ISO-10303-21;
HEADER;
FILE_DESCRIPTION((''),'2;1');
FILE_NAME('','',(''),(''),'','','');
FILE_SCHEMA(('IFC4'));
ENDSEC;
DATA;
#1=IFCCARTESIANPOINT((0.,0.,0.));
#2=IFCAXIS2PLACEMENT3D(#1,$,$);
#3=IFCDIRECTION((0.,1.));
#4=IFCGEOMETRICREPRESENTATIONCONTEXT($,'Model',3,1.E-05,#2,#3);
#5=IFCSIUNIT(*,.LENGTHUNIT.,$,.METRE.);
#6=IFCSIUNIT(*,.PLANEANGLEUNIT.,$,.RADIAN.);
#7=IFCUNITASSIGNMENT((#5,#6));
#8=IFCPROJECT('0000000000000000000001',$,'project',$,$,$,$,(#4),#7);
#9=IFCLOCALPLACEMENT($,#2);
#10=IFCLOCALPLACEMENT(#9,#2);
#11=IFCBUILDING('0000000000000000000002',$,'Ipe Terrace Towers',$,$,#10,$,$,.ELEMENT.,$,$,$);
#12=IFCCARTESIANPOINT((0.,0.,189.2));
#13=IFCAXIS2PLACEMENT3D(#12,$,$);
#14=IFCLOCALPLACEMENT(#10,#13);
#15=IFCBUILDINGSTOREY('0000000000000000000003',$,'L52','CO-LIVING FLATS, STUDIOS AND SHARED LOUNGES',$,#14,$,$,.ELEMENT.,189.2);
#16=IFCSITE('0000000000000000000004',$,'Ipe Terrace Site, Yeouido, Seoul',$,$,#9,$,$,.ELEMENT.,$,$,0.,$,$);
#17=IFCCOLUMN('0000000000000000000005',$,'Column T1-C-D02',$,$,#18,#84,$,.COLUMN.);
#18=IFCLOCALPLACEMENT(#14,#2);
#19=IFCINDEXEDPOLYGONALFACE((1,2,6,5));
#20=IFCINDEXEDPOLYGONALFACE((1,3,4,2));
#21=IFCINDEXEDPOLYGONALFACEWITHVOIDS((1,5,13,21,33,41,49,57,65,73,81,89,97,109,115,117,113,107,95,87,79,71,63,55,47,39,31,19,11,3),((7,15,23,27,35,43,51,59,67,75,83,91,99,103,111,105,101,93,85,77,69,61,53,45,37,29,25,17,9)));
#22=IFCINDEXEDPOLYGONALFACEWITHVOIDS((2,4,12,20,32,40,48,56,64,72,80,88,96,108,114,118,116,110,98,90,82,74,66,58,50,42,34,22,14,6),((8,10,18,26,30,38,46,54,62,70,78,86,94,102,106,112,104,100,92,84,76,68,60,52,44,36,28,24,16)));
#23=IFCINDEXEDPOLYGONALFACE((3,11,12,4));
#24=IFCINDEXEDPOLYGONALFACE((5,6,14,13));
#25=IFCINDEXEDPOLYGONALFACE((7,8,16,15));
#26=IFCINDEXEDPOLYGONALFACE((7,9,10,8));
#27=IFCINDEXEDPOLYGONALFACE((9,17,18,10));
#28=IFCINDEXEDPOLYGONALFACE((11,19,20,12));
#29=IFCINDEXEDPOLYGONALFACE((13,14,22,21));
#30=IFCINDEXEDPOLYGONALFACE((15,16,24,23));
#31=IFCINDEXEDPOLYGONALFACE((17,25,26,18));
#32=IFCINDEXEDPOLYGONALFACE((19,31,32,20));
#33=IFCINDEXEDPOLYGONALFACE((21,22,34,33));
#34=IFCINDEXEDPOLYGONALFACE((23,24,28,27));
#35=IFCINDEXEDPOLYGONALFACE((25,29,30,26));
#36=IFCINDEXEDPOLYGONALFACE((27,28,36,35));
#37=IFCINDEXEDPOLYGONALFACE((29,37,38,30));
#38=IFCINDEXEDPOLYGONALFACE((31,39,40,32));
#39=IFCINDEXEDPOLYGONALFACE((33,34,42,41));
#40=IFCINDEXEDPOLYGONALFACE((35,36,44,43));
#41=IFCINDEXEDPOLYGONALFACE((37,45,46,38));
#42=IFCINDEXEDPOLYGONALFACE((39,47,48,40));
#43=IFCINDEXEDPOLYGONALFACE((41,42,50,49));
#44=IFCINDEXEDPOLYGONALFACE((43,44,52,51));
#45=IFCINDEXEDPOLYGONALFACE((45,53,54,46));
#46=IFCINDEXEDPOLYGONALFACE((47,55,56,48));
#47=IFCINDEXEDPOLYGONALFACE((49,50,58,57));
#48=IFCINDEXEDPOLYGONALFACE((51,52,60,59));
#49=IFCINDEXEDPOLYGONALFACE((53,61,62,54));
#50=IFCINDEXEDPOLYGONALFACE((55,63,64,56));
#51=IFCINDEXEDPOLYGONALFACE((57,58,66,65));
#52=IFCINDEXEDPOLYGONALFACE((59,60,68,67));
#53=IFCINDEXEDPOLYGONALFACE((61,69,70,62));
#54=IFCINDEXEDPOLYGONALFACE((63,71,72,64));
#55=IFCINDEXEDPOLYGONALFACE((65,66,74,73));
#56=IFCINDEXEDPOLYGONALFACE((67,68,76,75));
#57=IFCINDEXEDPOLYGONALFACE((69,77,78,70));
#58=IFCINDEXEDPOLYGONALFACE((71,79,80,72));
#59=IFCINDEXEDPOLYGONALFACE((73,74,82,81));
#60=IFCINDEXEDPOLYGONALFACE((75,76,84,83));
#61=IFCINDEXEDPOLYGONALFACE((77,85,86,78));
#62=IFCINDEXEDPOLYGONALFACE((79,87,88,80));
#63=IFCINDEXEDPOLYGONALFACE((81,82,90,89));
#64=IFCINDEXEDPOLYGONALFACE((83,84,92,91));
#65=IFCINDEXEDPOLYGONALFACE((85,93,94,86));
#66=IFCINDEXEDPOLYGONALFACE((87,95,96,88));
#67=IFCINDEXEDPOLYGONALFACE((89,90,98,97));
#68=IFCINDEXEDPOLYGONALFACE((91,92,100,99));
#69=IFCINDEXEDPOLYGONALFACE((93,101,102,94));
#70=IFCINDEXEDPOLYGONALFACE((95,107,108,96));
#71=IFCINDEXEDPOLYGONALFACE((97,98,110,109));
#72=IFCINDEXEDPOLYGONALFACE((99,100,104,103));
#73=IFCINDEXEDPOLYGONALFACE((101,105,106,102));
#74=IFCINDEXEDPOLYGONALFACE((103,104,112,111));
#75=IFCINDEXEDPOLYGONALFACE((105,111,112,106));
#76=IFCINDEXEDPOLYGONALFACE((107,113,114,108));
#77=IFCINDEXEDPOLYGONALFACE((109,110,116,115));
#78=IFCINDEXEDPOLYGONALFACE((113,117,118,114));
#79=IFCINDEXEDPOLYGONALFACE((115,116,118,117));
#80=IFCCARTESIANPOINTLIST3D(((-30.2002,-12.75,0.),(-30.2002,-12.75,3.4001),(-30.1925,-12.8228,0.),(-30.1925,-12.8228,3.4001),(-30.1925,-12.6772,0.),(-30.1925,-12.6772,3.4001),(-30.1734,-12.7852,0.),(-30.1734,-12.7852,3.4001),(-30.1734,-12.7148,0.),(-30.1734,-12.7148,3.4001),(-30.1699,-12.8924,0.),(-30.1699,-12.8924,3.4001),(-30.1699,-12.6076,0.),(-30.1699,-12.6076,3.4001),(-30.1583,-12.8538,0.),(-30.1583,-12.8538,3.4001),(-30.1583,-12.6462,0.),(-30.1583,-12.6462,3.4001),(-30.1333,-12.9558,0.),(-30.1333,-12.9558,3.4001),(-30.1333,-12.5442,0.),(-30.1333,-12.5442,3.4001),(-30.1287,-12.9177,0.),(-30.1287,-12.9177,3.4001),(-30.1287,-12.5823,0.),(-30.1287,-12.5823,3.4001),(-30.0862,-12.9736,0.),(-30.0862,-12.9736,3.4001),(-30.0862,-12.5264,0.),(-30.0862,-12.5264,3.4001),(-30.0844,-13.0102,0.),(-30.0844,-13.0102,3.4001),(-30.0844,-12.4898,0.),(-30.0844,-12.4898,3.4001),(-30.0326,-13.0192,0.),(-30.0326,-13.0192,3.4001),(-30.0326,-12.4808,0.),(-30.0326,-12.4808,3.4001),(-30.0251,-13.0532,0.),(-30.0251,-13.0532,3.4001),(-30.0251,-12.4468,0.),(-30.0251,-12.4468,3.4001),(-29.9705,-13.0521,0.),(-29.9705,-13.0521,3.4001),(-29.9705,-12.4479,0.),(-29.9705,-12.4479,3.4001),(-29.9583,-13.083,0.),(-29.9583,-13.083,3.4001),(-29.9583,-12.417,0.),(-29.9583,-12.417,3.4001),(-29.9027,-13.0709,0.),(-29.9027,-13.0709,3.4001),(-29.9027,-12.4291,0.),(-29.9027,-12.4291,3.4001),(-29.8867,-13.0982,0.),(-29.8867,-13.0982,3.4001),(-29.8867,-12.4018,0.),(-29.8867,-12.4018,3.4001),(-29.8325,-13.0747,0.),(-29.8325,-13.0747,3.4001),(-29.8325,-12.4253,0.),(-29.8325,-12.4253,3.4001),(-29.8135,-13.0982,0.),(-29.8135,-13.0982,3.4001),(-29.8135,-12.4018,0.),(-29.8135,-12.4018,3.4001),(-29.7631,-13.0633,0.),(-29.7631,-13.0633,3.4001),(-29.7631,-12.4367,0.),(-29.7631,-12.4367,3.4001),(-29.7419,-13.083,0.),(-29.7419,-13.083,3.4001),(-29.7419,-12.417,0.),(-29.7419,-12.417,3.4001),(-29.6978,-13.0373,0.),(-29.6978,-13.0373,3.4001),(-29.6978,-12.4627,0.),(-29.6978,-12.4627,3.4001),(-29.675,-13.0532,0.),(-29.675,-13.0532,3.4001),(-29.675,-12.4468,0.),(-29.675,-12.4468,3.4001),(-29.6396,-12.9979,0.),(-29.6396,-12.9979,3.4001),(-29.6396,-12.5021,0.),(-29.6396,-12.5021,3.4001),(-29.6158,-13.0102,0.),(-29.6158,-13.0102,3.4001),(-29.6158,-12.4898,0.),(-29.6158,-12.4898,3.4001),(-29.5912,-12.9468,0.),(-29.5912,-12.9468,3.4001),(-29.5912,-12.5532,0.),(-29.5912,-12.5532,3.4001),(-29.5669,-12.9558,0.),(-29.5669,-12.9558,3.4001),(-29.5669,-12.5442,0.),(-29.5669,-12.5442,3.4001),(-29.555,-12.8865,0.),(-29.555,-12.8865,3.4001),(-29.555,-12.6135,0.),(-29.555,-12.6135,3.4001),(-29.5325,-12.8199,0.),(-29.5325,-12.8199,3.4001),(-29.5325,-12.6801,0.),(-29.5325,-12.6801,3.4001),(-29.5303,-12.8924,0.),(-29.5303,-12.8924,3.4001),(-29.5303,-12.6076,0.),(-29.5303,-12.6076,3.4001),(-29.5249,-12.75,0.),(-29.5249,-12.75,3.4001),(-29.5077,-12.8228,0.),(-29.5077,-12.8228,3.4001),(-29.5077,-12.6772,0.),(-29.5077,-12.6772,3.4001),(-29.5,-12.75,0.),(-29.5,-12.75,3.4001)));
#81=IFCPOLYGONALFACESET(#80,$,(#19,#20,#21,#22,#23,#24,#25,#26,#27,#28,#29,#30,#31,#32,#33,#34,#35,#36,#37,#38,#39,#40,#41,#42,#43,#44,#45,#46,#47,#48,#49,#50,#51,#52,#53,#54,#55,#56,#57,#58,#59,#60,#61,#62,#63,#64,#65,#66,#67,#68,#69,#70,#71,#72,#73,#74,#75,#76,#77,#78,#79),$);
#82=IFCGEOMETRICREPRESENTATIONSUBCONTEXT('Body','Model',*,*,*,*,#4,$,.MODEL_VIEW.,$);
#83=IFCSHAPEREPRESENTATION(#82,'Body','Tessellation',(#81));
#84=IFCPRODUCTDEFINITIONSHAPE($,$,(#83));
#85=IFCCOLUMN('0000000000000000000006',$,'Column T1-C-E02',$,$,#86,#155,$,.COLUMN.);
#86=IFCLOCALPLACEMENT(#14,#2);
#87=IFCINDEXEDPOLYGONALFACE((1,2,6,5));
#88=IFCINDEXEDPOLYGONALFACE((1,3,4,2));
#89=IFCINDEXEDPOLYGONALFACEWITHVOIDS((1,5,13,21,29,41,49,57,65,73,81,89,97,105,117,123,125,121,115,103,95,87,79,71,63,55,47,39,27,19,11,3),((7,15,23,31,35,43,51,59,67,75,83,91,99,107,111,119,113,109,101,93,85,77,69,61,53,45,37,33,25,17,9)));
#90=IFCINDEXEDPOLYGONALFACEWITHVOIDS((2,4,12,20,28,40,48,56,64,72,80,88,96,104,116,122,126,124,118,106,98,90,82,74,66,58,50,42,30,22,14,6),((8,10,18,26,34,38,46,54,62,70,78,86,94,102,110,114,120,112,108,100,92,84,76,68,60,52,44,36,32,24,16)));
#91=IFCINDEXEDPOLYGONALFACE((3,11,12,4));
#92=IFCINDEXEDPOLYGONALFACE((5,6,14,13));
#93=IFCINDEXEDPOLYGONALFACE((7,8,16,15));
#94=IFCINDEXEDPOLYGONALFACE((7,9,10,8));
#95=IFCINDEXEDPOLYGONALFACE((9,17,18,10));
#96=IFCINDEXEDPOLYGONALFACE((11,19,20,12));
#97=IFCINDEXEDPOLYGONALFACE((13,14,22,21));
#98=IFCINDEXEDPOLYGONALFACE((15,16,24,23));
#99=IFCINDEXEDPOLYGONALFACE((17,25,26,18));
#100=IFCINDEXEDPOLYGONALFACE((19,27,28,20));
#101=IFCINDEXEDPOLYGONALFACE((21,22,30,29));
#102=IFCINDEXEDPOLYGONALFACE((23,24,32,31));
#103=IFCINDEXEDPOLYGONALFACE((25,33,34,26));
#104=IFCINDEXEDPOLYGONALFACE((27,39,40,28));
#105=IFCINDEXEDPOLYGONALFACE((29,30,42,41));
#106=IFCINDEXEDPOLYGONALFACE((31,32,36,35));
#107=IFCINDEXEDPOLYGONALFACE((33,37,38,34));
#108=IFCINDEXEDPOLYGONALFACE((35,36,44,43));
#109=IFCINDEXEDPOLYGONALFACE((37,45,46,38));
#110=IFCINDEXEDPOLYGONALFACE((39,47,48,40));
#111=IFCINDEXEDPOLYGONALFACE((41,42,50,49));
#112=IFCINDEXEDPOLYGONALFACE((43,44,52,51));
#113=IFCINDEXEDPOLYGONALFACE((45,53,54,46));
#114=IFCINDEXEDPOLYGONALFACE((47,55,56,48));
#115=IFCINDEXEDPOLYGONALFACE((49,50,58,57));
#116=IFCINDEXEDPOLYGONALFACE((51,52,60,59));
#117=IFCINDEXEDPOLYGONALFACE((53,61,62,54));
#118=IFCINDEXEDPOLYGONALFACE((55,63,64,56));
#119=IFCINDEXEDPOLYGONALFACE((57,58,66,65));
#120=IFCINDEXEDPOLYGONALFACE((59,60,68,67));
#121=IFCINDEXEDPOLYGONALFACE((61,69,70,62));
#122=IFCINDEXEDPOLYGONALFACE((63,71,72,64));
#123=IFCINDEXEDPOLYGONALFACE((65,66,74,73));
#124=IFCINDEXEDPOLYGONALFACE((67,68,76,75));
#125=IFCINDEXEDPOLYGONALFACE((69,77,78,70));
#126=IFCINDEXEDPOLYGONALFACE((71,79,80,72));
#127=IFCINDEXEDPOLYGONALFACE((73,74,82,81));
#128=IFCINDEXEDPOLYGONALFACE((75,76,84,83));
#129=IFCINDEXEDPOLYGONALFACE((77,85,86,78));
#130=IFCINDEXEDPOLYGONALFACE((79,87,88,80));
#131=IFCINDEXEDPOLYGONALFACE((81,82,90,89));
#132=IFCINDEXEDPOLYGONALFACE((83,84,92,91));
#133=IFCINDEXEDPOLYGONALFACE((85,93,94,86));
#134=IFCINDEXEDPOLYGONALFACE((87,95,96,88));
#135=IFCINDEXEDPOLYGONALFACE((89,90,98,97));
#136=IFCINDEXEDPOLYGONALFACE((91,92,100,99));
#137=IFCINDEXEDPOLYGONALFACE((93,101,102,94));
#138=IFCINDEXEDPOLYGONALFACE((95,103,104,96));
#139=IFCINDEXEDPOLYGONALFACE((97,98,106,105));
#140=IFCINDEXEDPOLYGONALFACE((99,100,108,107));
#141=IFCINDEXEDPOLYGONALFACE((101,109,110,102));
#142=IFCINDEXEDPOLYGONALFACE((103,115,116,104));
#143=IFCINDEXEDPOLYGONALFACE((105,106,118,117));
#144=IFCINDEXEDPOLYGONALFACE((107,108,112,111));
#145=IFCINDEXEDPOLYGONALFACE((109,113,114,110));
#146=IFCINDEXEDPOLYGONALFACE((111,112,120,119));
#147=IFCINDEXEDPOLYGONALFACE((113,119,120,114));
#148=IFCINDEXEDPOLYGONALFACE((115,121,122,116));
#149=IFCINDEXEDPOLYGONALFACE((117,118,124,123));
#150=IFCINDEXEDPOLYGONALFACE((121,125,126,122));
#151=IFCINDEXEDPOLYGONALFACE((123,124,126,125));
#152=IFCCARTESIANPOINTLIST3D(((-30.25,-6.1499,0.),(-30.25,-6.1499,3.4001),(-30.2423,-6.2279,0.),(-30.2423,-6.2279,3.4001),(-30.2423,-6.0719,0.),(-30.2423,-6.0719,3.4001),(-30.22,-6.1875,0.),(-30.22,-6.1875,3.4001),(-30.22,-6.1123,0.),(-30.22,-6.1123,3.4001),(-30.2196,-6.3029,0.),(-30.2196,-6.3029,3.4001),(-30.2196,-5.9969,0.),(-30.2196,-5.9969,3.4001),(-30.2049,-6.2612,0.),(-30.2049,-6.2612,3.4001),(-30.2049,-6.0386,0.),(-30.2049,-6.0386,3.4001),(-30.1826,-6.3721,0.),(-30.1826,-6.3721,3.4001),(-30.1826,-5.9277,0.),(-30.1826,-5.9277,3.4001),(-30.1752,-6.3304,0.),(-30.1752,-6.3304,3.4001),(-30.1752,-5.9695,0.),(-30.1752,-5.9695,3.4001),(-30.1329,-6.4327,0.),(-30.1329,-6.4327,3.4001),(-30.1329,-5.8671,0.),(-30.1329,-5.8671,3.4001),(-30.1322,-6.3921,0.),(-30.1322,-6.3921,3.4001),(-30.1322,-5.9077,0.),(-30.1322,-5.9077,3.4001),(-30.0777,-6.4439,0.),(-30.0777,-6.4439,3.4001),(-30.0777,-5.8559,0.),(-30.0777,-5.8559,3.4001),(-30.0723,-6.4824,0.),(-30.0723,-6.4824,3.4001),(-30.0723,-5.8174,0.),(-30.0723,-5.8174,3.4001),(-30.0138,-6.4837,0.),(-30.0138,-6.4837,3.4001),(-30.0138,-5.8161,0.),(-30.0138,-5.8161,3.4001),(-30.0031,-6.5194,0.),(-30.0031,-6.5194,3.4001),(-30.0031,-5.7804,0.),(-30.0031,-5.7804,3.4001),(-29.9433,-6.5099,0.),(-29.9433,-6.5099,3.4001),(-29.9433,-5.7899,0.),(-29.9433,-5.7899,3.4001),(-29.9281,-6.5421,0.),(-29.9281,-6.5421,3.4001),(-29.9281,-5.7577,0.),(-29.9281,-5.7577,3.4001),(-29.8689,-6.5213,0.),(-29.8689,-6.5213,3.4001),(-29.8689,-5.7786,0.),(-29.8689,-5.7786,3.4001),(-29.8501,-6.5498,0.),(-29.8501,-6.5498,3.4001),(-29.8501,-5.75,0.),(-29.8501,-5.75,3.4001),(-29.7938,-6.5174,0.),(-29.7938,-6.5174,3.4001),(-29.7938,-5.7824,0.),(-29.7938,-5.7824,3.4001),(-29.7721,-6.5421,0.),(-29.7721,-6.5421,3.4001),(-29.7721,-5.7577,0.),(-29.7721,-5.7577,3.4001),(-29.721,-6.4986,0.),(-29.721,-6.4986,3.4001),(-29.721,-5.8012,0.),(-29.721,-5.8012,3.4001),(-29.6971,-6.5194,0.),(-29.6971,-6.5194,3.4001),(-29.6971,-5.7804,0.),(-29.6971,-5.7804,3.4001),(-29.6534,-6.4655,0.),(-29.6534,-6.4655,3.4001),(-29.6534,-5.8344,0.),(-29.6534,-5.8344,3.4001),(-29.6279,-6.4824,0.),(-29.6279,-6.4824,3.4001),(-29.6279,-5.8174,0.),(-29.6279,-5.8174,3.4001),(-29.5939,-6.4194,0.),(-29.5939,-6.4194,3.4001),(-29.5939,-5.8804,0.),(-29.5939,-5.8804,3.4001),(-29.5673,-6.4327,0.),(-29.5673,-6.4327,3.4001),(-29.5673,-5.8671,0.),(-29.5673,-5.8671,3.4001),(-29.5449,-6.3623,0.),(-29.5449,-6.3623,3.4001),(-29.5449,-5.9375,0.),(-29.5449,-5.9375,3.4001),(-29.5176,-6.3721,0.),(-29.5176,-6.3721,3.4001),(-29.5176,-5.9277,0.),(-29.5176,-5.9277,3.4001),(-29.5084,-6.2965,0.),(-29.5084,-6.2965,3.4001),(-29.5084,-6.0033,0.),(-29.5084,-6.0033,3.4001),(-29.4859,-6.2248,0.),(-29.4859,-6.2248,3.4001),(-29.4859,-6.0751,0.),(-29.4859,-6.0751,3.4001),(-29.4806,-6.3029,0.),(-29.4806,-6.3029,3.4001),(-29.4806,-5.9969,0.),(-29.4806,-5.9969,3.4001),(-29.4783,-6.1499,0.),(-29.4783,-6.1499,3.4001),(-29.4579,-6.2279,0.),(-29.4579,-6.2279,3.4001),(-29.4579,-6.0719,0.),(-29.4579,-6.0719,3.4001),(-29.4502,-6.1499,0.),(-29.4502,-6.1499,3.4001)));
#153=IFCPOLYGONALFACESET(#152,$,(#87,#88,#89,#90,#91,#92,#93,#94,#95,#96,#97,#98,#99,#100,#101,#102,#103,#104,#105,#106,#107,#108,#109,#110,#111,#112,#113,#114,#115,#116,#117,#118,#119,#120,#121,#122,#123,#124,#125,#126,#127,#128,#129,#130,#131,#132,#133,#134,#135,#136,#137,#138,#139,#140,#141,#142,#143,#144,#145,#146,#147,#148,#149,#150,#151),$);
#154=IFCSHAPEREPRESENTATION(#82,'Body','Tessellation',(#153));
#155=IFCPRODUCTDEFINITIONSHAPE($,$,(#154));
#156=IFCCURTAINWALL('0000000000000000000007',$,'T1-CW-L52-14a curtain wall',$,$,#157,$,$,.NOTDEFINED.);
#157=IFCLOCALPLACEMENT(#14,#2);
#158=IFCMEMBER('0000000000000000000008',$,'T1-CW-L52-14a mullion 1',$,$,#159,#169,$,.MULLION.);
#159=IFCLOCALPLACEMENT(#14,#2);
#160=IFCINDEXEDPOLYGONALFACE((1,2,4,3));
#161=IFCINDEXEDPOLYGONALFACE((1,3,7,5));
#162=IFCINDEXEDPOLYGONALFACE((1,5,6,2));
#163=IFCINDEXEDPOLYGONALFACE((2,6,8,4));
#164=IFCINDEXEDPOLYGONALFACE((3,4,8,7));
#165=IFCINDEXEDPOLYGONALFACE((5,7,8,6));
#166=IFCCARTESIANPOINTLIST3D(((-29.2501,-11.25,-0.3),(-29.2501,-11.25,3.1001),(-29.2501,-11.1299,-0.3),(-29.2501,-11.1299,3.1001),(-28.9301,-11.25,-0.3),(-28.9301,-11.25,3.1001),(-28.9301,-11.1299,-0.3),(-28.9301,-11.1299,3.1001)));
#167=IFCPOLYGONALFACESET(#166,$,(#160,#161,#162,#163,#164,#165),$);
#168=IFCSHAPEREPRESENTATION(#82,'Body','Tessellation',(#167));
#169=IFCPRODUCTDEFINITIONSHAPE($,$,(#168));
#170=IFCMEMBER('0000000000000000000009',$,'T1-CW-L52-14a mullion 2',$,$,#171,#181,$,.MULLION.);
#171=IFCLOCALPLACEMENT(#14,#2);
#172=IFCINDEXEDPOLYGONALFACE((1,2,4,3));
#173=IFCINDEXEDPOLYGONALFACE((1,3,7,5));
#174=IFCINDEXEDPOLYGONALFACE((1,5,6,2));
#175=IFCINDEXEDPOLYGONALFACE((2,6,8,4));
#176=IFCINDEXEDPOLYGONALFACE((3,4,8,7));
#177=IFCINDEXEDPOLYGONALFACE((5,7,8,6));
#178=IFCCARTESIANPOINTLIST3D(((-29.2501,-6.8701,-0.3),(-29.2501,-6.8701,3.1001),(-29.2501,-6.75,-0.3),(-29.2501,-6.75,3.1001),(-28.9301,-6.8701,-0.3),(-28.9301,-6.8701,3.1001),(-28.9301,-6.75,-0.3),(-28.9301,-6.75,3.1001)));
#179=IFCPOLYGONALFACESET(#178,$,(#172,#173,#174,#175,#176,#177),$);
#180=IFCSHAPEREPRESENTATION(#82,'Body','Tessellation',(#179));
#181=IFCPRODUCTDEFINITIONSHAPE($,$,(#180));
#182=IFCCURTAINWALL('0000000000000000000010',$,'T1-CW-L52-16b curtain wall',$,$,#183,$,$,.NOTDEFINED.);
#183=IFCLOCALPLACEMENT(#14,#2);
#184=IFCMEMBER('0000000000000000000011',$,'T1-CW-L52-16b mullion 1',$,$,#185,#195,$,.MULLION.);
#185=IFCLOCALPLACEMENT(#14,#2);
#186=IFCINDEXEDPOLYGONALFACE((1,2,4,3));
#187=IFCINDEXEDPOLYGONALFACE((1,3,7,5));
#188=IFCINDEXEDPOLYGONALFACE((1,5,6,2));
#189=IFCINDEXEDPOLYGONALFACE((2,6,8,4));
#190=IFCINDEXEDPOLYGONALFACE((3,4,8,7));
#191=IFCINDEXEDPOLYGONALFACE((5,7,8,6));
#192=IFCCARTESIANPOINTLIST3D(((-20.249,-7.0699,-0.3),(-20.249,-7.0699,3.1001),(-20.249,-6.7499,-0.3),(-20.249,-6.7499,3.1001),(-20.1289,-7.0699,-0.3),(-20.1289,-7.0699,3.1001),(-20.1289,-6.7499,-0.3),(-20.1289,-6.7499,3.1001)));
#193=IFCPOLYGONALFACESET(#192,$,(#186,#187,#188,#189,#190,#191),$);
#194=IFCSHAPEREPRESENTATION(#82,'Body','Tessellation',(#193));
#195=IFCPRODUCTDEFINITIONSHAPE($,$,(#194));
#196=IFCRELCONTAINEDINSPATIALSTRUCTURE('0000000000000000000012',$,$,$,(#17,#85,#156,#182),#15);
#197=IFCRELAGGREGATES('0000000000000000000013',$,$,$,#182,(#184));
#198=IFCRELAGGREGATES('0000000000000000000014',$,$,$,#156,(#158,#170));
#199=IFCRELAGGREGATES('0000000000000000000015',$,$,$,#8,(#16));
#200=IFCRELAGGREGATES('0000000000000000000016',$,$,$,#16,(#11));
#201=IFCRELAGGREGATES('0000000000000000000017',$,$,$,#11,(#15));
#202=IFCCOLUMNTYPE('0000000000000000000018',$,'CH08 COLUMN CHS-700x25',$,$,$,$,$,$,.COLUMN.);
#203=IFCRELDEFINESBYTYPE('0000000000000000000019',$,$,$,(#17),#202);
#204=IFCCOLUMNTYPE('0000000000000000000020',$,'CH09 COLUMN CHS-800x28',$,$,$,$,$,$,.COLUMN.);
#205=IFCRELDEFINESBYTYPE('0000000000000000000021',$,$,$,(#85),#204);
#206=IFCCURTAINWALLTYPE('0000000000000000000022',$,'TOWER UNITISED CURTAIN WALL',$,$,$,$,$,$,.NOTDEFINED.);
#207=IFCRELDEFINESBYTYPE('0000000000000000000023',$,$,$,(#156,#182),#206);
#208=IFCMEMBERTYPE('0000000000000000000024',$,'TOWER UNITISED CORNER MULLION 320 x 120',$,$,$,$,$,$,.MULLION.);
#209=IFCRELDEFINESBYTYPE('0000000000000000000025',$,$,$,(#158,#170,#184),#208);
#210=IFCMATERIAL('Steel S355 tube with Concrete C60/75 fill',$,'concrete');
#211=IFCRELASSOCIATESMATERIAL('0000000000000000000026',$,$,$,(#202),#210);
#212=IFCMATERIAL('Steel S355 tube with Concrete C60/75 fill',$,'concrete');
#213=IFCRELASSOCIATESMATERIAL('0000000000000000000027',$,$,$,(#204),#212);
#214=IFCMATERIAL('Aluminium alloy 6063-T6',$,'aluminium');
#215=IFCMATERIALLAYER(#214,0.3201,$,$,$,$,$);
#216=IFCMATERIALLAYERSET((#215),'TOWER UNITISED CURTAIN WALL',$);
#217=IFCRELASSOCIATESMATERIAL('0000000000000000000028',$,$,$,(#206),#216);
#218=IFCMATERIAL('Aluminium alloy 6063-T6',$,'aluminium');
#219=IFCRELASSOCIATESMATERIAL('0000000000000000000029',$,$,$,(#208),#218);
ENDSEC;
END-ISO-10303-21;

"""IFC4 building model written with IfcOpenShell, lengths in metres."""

from ifc_helpers import new_model, si_unit, direction, frame, origin, origin_2d, place, context, subcontext, project, spatial, rectangle, hollow_circle, extrude, material, layer, layer_set, material_profile, profile_set, type_object, element, aggregate, save


model = new_model("IFC4")

# Units and contexts
model_context = context("Model", 3, precision=1e-05, world=origin(), true_north=direction((0.0, 1.0)))
body_context = subcontext(model_context, "Body", "Model", "MODEL_VIEW")
ifc_project = project(units=[si_unit("LENGTHUNIT", "METRE"), si_unit("PLANEANGLEUNIT", "RADIAN")], contexts=[model_context])

# Site, building, storey
site_placement = place(None, origin())
site = spatial("IfcSite", under=ifc_project, at=site_placement, Name="Ipe Terrace Site, Yeouido, Seoul", CompositionType="ELEMENT", RefElevation=0.0)
building_placement = place(site_placement, origin())
building = spatial("IfcBuilding", under=site, at=building_placement, Name="Ipe Terrace Towers", CompositionType="ELEMENT")
storey_placement = place(building_placement, frame((0.0, 0.0, 189.2)))
storey = spatial("IfcBuildingStorey", under=building, at=storey_placement, Name="L52", Description="CO-LIVING FLATS, STUDIOS AND SHARED LOUNGES", CompositionType="ELEMENT", Elevation=189.2)

# Columns
ifc_material_1 = material(Name="Steel S355 tube with Concrete C60/75 fill", Category="concrete")
ifc_material_profile_1 = material_profile(ifc_material_1, hollow_circle(Radius=0.3501, WallThickness=0.0249, at=origin_2d()), Name="CHS-700x25")
ifc_profile_set_1 = profile_set([ifc_material_profile_1], Name="Steel S355 tube with Concrete C60/75 fill")
column_type_1 = type_object("IfcColumnType", Name="CH08 COLUMN CHS-700x25", PredefinedType="COLUMN", material=ifc_profile_set_1)
column_1_placement = place(storey_placement, frame((-29.8501, -12.75, 0.0), z_axis=(0.0, 0.0, 1.0), x_axis=(1.0, 0.0, 0.0)))
element("IfcColumn", 1, at=column_1_placement, inside=storey, type_object=column_type_1, Name="Column T1-C-D02", PredefinedType="COLUMN", context=body_context, shape_type="SweptSolid", body=[
    extrude(hollow_circle(Radius=0.3501, WallThickness=0.0249, at=origin_2d()), origin(), (0.0, 0.0, 1.0), 3.4001),
])
ifc_material_2 = material(Name="Steel S355 tube with Concrete C60/75 fill", Category="concrete")
ifc_material_profile_2 = material_profile(ifc_material_2, hollow_circle(Radius=0.3999, WallThickness=0.0281, at=origin_2d()), Name="CHS-800x28")
ifc_profile_set_2 = profile_set([ifc_material_profile_2], Name="Steel S355 tube with Concrete C60/75 fill")
column_type_2 = type_object("IfcColumnType", Name="CH09 COLUMN CHS-800x28", PredefinedType="COLUMN", material=ifc_profile_set_2)
column_2_placement = place(storey_placement, frame((-29.8501, -6.1499, 0.0), z_axis=(0.0, 0.0, 1.0), x_axis=(1.0, 0.0, 0.0)))
element("IfcColumn", 2, at=column_2_placement, inside=storey, type_object=column_type_2, Name="Column T1-C-E02", PredefinedType="COLUMN", context=body_context, shape_type="SweptSolid", body=[
    extrude(hollow_circle(Radius=0.3999, WallThickness=0.0281, at=origin_2d()), origin(), (0.0, 0.0, 1.0), 3.4001),
])

# Curtain wall, members
ifc_material_3 = material(Name="Aluminium alloy 6063-T6", Category="aluminium")
ifc_layer_1 = layer(ifc_material_3, 0.3201)
ifc_layer_set_1 = layer_set([ifc_layer_1], Name="TOWER UNITISED CURTAIN WALL")
curtain_wall_type = type_object("IfcCurtainWallType", Name="TOWER UNITISED CURTAIN WALL", PredefinedType="NOTDEFINED", material=ifc_layer_set_1)
curtain_wall_1_placement = place(storey_placement, origin())
curtain_wall_1 = element("IfcCurtainWall", 3, at=curtain_wall_1_placement, inside=storey, type_object=curtain_wall_type, Name="T1-CW-L52-14a curtain wall", PredefinedType="NOTDEFINED")
ifc_material_4 = material(Name="Aluminium alloy 6063-T6", Category="aluminium")
ifc_material_profile_3 = material_profile(ifc_material_4, rectangle(XDim=0.3201, YDim=0.1201, at=origin_2d()), Name="TOWER UNITISED CORNER MULLION 320 x 120")
ifc_profile_set_3 = profile_set([ifc_material_profile_3], Name="Aluminium alloy 6063-T6")
member_type = type_object("IfcMemberType", Name="TOWER UNITISED CORNER MULLION 320 x 120", PredefinedType="MULLION", material=ifc_profile_set_3)
member_1_placement = place(storey_placement, frame((-29.0901, -11.1899, -0.3), z_axis=(0.0, 0.0, 1.0), x_axis=(1.0, 0.0, 0.0)))
member_1 = element("IfcMember", 4, at=member_1_placement, type_object=member_type, Name="T1-CW-L52-14a mullion 1", PredefinedType="MULLION", context=body_context, shape_type="SweptSolid", body=[
    extrude(rectangle(XDim=0.3201, YDim=0.1201, at=origin_2d()), origin(), (0.0, 0.0, 1.0), 3.4001),
])
member_2_placement = place(storey_placement, frame((-29.0901, -6.8101, -0.3), z_axis=(0.0, 0.0, 1.0), x_axis=(1.0, 0.0, 0.0)))
member_2 = element("IfcMember", 5, at=member_2_placement, type_object=member_type, Name="T1-CW-L52-14a mullion 2", PredefinedType="MULLION", context=body_context, shape_type="SweptSolid", body=[
    extrude(rectangle(XDim=0.3201, YDim=0.1201, at=origin_2d()), origin(), (0.0, 0.0, 1.0), 3.4001),
])

# Curtain wall, member
curtain_wall_2_placement = place(storey_placement, origin())
curtain_wall_2 = element("IfcCurtainWall", 6, at=curtain_wall_2_placement, inside=storey, type_object=curtain_wall_type, Name="T1-CW-L52-16b curtain wall", PredefinedType="NOTDEFINED")
member_3_placement = place(storey_placement, frame((-20.189, -6.9099, -0.3), z_axis=(0.0, 0.0, 1.0), x_axis=(0.0, -1.0, 0.0)))
member_3 = element("IfcMember", 7, at=member_3_placement, type_object=member_type, Name="T1-CW-L52-16b mullion 1", PredefinedType="MULLION", context=body_context, shape_type="SweptSolid", body=[
    extrude(rectangle(XDim=0.3201, YDim=0.1201, at=origin_2d()), origin(), (0.0, 0.0, 1.0), 3.4001),
])
aggregate(curtain_wall_2, [member_3])

aggregate(curtain_wall_1, [member_1, member_2])

save(model, "model.ifc")
